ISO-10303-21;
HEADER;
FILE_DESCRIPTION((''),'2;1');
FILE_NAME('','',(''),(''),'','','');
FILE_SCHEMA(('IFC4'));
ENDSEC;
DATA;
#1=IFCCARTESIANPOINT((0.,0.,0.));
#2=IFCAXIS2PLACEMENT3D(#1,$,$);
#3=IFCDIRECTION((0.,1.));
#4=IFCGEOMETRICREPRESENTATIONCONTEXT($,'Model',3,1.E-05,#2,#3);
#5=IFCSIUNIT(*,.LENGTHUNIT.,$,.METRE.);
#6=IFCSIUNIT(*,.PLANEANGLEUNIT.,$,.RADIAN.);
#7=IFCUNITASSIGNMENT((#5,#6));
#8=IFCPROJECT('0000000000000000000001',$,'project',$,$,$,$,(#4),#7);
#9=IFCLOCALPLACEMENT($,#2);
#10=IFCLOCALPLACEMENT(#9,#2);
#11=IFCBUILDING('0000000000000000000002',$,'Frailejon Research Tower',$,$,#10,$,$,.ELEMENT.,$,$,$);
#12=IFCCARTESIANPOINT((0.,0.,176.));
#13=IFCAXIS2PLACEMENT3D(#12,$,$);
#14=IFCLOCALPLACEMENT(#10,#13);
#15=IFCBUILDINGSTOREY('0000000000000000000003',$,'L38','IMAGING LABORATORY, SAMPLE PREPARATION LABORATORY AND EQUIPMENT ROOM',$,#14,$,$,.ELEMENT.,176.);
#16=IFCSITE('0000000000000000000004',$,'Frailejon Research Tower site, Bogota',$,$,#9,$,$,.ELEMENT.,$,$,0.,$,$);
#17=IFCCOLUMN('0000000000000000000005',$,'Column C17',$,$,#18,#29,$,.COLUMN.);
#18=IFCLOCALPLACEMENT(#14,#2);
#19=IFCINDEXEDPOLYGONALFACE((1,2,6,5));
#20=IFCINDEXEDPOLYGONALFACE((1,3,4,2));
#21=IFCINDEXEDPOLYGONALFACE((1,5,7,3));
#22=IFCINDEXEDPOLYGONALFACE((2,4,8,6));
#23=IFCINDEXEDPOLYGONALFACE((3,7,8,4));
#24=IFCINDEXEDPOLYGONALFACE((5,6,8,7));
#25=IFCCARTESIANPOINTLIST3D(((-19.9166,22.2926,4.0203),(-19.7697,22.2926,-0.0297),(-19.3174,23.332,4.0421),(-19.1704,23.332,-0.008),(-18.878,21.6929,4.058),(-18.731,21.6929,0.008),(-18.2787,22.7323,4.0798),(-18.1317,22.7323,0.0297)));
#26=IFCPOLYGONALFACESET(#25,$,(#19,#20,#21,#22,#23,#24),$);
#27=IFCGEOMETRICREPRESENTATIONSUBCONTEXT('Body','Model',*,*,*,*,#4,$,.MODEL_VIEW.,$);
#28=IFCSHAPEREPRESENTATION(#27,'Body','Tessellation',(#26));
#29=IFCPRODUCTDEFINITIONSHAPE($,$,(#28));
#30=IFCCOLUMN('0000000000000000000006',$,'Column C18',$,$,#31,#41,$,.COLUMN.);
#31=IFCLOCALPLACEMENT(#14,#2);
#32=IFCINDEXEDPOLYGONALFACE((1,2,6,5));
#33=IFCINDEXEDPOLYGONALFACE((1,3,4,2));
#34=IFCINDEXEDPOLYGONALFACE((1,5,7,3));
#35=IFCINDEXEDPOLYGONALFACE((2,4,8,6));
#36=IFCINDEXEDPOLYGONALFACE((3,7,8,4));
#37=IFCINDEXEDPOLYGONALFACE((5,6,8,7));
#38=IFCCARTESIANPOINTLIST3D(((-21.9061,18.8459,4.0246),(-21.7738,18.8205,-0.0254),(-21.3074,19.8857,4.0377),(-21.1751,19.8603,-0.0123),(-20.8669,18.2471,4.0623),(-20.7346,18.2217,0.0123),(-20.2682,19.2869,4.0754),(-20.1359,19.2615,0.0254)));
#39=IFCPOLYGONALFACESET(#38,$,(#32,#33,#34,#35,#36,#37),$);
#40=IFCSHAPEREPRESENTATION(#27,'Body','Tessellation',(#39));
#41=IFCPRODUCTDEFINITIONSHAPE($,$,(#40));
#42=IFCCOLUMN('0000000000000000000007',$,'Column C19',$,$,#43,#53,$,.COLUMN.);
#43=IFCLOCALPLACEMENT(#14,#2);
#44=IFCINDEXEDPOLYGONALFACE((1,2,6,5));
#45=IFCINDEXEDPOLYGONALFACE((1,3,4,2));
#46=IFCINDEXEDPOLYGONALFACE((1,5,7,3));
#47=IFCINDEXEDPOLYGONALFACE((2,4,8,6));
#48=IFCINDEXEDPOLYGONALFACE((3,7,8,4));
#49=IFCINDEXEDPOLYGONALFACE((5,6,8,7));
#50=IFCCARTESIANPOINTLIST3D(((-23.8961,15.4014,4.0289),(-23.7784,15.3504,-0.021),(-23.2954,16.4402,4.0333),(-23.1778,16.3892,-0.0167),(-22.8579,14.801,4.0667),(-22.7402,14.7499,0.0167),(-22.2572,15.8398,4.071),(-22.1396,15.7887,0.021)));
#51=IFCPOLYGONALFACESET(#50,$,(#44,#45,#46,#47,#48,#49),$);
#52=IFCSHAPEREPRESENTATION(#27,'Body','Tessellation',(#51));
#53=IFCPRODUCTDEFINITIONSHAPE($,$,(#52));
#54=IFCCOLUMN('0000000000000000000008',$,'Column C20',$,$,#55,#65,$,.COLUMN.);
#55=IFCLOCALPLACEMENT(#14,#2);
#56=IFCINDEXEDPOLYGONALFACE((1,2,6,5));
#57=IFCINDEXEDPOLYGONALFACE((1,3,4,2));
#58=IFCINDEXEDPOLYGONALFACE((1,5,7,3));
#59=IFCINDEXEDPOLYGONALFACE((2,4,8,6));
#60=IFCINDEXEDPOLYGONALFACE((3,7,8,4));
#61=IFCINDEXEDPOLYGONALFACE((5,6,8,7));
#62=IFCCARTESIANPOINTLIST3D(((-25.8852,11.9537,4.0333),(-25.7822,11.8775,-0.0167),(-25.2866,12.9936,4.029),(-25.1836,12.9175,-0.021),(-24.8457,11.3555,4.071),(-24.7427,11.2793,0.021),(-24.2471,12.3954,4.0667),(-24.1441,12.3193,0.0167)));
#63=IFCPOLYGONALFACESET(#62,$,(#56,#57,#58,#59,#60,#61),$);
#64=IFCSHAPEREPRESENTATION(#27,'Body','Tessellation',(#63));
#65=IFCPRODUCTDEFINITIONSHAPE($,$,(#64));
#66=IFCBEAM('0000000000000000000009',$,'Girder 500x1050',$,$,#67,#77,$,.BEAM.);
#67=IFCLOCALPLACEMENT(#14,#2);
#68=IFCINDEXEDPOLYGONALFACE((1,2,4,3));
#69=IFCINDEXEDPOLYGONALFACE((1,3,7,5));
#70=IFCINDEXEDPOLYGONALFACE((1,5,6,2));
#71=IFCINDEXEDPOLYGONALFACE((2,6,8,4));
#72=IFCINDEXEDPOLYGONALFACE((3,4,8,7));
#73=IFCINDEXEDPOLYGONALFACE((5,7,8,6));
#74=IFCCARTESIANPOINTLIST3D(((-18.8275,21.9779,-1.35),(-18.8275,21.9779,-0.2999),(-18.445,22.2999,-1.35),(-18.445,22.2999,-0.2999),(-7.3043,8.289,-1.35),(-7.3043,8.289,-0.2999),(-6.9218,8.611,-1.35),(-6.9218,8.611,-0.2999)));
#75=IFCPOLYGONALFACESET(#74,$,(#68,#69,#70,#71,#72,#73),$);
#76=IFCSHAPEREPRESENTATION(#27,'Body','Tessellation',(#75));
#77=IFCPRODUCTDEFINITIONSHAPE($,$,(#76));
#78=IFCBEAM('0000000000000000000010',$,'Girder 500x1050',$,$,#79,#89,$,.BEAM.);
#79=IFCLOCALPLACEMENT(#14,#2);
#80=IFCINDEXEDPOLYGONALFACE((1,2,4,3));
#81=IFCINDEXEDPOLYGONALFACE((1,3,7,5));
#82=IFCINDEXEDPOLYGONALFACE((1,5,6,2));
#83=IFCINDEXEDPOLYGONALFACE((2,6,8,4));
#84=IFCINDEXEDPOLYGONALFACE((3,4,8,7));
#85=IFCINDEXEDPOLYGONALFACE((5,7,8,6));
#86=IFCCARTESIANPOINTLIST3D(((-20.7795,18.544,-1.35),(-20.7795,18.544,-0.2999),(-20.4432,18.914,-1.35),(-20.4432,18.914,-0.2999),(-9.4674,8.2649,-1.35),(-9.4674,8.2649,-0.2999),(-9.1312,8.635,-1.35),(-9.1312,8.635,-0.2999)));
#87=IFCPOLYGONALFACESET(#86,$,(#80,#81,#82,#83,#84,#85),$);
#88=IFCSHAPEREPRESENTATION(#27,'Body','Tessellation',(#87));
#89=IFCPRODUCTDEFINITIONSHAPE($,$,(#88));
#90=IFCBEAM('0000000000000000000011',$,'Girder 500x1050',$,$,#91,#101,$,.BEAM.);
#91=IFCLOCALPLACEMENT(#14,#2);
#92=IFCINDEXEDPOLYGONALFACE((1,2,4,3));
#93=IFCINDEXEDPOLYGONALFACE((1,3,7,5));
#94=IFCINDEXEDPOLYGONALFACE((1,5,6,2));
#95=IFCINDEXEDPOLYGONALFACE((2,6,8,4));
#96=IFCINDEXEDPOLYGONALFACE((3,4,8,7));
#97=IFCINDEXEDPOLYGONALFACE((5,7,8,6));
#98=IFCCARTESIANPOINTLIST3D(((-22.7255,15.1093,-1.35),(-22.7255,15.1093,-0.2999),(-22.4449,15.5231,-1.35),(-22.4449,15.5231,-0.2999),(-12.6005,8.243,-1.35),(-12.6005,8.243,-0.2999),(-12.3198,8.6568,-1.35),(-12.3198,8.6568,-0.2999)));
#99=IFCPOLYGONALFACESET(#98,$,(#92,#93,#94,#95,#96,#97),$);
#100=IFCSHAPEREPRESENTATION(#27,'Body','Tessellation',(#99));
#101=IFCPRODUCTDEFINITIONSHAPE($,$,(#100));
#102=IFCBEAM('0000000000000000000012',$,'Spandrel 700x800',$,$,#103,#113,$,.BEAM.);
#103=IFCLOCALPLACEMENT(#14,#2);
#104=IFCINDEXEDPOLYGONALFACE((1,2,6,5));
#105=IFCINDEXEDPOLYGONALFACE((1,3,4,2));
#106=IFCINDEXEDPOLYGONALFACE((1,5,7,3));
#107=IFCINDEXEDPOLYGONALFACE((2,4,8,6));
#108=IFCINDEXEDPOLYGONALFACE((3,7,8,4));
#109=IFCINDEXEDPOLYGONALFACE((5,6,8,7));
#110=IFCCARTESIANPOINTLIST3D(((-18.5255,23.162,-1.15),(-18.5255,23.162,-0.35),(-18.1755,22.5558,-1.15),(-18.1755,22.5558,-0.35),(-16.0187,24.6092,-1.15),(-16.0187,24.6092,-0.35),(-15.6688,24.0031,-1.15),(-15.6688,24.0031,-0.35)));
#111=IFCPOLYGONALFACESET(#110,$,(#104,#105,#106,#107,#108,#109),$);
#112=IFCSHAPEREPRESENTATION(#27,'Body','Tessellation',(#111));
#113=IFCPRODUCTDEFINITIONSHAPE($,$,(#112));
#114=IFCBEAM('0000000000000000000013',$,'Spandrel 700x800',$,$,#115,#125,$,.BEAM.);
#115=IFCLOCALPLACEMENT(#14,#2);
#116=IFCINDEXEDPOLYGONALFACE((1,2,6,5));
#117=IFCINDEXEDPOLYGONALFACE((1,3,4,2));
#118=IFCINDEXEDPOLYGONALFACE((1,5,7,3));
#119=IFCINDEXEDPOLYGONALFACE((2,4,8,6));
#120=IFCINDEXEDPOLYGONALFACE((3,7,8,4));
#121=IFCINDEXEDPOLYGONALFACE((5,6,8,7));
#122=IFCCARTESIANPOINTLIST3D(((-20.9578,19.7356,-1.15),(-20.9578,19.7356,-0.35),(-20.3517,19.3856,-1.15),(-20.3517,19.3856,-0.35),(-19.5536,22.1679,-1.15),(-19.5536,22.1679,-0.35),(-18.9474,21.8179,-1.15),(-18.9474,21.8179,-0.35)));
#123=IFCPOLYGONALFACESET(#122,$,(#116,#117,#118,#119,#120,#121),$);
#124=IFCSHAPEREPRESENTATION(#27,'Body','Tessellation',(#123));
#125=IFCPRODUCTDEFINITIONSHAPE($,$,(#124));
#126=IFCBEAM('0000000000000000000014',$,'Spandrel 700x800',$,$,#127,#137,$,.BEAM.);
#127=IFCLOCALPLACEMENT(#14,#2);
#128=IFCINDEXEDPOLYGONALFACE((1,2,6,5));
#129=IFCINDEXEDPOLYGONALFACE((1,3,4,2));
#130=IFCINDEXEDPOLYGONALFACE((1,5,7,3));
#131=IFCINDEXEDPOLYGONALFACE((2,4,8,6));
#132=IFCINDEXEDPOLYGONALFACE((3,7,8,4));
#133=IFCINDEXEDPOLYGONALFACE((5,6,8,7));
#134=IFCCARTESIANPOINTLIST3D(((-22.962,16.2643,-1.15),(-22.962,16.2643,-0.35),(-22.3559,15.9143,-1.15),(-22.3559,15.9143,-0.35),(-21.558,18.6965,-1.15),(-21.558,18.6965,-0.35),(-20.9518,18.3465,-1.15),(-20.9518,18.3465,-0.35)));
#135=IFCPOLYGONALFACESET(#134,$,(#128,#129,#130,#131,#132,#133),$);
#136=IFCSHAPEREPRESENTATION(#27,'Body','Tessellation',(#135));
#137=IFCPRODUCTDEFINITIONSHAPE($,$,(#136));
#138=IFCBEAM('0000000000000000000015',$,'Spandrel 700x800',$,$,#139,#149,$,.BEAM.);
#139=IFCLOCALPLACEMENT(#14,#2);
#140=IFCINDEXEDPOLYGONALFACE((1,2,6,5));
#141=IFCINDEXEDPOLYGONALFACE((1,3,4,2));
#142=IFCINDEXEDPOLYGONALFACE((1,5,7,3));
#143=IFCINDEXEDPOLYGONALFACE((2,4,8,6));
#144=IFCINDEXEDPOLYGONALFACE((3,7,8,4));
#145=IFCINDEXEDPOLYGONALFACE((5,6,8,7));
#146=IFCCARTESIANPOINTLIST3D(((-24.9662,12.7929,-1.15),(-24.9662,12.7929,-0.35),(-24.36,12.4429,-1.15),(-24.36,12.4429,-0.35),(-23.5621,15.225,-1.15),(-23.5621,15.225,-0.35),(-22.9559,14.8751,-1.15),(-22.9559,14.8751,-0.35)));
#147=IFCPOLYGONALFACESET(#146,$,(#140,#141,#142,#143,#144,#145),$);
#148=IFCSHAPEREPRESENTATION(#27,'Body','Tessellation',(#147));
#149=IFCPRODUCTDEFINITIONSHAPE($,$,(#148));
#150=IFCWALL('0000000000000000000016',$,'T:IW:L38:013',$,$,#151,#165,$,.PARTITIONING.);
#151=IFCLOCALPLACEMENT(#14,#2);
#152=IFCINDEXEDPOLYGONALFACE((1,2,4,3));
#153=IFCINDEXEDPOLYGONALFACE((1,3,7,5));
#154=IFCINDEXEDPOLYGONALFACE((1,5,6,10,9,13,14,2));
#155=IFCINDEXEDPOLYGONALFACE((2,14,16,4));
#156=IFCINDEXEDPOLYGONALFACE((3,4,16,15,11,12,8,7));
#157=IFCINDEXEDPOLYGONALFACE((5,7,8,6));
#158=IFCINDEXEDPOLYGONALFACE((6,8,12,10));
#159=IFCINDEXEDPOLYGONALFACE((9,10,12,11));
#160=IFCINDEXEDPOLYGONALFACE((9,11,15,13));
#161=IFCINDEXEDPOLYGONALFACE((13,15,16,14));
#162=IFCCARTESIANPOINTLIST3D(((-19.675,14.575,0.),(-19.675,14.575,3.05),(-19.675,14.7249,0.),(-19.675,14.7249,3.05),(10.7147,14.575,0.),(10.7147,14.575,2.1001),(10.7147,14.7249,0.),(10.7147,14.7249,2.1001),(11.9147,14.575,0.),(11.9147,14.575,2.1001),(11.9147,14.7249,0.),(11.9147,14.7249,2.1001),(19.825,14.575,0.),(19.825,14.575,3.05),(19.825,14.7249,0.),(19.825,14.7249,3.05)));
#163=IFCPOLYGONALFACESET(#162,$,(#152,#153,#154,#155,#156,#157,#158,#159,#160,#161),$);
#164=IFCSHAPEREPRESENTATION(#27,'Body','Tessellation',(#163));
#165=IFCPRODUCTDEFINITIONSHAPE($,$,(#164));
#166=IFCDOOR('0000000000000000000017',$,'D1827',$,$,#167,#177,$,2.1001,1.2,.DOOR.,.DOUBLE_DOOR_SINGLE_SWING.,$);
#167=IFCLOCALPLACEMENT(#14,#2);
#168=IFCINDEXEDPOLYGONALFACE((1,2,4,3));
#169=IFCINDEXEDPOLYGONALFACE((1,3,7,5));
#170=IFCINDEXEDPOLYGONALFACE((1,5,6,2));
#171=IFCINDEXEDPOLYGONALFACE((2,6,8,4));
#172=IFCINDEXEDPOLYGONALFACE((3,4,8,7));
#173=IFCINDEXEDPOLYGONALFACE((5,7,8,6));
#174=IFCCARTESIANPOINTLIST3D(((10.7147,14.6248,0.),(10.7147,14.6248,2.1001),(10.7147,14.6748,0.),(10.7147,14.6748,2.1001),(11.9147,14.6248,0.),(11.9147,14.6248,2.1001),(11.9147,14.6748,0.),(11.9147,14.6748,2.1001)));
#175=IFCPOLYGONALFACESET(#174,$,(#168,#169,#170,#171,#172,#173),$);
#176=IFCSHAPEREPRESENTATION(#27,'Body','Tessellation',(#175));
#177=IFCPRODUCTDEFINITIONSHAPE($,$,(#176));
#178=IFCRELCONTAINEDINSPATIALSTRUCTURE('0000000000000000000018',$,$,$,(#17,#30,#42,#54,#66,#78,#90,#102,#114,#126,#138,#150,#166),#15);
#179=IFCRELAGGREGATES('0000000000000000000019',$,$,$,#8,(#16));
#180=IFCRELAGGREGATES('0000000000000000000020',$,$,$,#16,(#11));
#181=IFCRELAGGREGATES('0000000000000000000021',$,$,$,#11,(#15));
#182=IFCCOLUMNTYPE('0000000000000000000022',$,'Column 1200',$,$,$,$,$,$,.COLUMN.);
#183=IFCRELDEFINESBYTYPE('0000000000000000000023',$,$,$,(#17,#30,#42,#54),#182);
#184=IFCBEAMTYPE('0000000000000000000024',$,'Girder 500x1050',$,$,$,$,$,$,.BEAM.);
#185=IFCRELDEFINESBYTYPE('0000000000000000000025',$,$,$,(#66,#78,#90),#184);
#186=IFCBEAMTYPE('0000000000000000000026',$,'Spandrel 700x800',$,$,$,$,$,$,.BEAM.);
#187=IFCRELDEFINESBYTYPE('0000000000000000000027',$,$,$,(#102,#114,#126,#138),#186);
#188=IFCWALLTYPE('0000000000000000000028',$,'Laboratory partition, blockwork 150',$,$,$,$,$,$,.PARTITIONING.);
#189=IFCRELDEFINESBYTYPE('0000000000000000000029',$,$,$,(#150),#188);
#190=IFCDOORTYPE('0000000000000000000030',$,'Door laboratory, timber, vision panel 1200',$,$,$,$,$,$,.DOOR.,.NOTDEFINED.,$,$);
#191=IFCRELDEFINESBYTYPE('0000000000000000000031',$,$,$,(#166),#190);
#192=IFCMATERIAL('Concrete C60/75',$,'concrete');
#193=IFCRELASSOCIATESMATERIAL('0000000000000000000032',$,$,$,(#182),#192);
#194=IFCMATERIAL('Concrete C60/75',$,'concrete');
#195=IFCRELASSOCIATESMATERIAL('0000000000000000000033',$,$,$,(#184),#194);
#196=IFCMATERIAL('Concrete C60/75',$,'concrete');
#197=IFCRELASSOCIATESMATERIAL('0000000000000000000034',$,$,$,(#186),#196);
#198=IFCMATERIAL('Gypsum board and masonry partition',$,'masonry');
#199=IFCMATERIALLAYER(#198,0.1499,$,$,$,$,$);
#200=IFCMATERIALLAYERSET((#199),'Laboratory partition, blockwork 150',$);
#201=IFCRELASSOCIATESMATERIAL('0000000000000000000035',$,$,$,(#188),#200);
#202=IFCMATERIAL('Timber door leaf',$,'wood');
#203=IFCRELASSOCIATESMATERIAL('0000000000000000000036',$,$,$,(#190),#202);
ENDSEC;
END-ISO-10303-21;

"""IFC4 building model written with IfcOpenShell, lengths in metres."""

from ifc_helpers import new_model, si_unit, direction, frame, frame_2d, origin, origin_2d, place, context, subcontext, project, spatial, rectangle, extrude, material, layer, layer_set, material_profile, profile_set, type_object, element, fill, save


model = new_model("IFC4")

# Units and contexts
model_context = context("Model", 3, precision=1e-05, world=origin(), true_north=direction((0.0, 1.0)))
body_context = subcontext(model_context, "Body", "Model", "MODEL_VIEW")
ifc_project = project(units=[si_unit("LENGTHUNIT", "METRE"), si_unit("PLANEANGLEUNIT", "RADIAN")], contexts=[model_context])

# Site, building, storey
site_placement = place(None, origin())
site = spatial("IfcSite", under=ifc_project, at=site_placement, Name="Frailejon Research Tower site, Bogota", CompositionType="ELEMENT", RefElevation=0.0)
building_placement = place(site_placement, origin())
building = spatial("IfcBuilding", under=site, at=building_placement, Name="Frailejon Research Tower", CompositionType="ELEMENT")
storey_placement = place(building_placement, frame((0.0, 0.0, 176.0)))
storey = spatial("IfcBuildingStorey", under=building, at=storey_placement, Name="L38", Description="IMAGING LABORATORY, SAMPLE PREPARATION LABORATORY AND EQUIPMENT ROOM", CompositionType="ELEMENT", Elevation=176.0)

# Columns
ifc_material_1 = material(Name="Concrete C60/75", Category="concrete")
ifc_material_profile_1 = material_profile(ifc_material_1, rectangle(XDim=1.2, YDim=1.2, at=origin_2d()), Name="Column 1200")
ifc_profile_set_1 = profile_set([ifc_material_profile_1], Name="Concrete C60/75")
column_type = type_object("IfcColumnType", Name="Column 1200", PredefinedType="COLUMN", material=ifc_profile_set_1)
column_1_placement = place(storey_placement, frame((-18.9507, 22.5125, 0.0), z_axis=(-0.036265, 0.0, 0.999342), x_axis=(-0.499425, -0.866168, -0.018124)))
element("IfcColumn", 1, at=column_1_placement, inside=storey, type_object=column_type, Name="Column C17", PredefinedType="COLUMN", context=body_context, shape_type="SweptSolid", body=[
    extrude(rectangle(XDim=1.2, YDim=1.2, at=origin_2d()), origin(), (0.0, 0.0, 1.0), 4.0527),
])
column_2_placement = place(storey_placement, frame((-20.9548, 19.041, 0.0), z_axis=(-0.032654, 0.006266, 0.999447), x_axis=(-0.498938, -0.86657, -0.010869)))
element("IfcColumn", 2, at=column_2_placement, inside=storey, type_object=column_type, Name="Column C18", PredefinedType="COLUMN", context=body_context, shape_type="SweptSolid", body=[
    extrude(rectangle(XDim=1.2, YDim=1.2, at=origin_2d()), origin(), (0.0, 0.0, 1.0), 4.0522),
])
for number, where, z_axis, x_axis, name in (
    (3, (-22.959, 15.5696, 0.0), (-0.029041, 0.012592, 0.999499), (-0.500555, -0.865697, -0.003637), "Column C19"),
    (4, (-24.9631, 12.0984, 0.0), (-0.025426, 0.018798, 0.9995), (-0.498883, -0.866662, 0.003609), "Column C20"),
):
    element("IfcColumn", number, at=place(storey_placement, frame(where, z_axis=z_axis, x_axis=x_axis)), inside=storey, type_object=column_type, Name=name, PredefinedType="COLUMN", context=body_context, shape_type="SweptSolid", body=[
        extrude(rectangle(XDim=1.2, YDim=1.2, at=origin_2d()), origin(), (0.0, 0.0, 1.0), 4.052),
    ])

# Beams
ifc_material_2 = material(Name="Concrete C60/75", Category="concrete")
ifc_material_profile_2 = material_profile(ifc_material_2, rectangle(XDim=0.5, YDim=1.05, at=origin_2d()), Name="Girder 500x1050")
ifc_profile_set_2 = profile_set([ifc_material_profile_2], Name="Concrete C60/75")
beam_type_1 = type_object("IfcBeamType", Name="Girder 500x1050", PredefinedType="BEAM", material=ifc_profile_set_2)
beam_1_placement = place(storey_placement, frame((-18.6362, 22.1389, -0.825), z_axis=(0.643993, -0.765031, 0.0), x_axis=(0.765031, 0.643993, 0.0)))
element("IfcBeam", 5, at=beam_1_placement, inside=storey, type_object=beam_type_1, Name="Girder 500x1050", PredefinedType="BEAM", context=body_context, shape_type="SweptSolid", body=[
    extrude(rectangle(XDim=0.5, YDim=1.05, at=origin_2d()), origin(), (0.0, 0.0, 1.0), 17.8933),
])
beam_2_placement = place(storey_placement, frame((-20.6113, 18.729, -0.825), z_axis=(0.74009, -0.672508, 0.0), x_axis=(0.672508, 0.74009, 0.0)))
element("IfcBeam", 6, at=beam_2_placement, inside=storey, type_object=beam_type_1, Name="Girder 500x1050", PredefinedType="BEAM", context=body_context, shape_type="SweptSolid", body=[
    extrude(rectangle(XDim=0.5, YDim=1.05, at=origin_2d()), origin(), (0.0, 0.0, 1.0), 15.2847),
])
beam_3_placement = place(storey_placement, frame((-22.5852, 15.3162, -0.825), z_axis=(0.82764, -0.561259, 0.0), x_axis=(0.561259, 0.82764, 0.0)))
element("IfcBeam", 7, at=beam_3_placement, inside=storey, type_object=beam_type_1, Name="Girder 500x1050", PredefinedType="BEAM", context=body_context, shape_type="SweptSolid", body=[
    extrude(rectangle(XDim=0.5, YDim=1.05, at=origin_2d()), origin(), (0.0, 0.0, 1.0), 12.2336),
])
ifc_material_3 = material(Name="Concrete C60/75", Category="concrete")
ifc_material_profile_3 = material_profile(ifc_material_3, rectangle(XDim=0.7, YDim=0.8, at=origin_2d()), Name="Spandrel 700x800")
ifc_profile_set_3 = profile_set([ifc_material_profile_3], Name="Concrete C60/75")
beam_type_2 = type_object("IfcBeamType", Name="Spandrel 700x800", PredefinedType="BEAM", material=ifc_profile_set_3)
beam_4_placement = place(storey_placement, frame((-15.8438, 24.3062, -0.75), z_axis=(-0.866034, -0.499985, 0.0), x_axis=(0.499985, -0.866034, 0.0)))
element("IfcBeam", 8, at=beam_4_placement, inside=storey, type_object=beam_type_2, Name="Spandrel 700x800", PredefinedType="BEAM", context=body_context, shape_type="SweptSolid", body=[
    extrude(rectangle(XDim=0.7, YDim=0.8, at=origin_2d()), origin(), (0.0, 0.0, 1.0), 2.8945),
])
beam_5_placement = place(storey_placement, frame((-19.2505, 21.9929, -0.75), z_axis=(-0.499991, -0.866031, 0.0), x_axis=(0.866031, -0.499991, 0.0)))
element("IfcBeam", 9, at=beam_5_placement, inside=storey, type_object=beam_type_2, Name="Spandrel 700x800", PredefinedType="BEAM", context=body_context, shape_type="SweptSolid", body=[
    extrude(rectangle(XDim=0.7, YDim=0.8, at=origin_2d()), origin(), (0.0, 0.0, 1.0), 2.8086),
])
for number, where, z_axis, x_axis, name in (
    (10, (-21.2549, 18.5215, -0.75), (-0.499963, -0.866047, 0.0), (0.866047, -0.499963, 0.0), "Spandrel 700x800"),
    (11, (-23.259, 15.05, -0.75), (-0.499963, -0.866047, 0.0), (0.866047, -0.499963, 0.0), "Spandrel 700x800"),
):
    element("IfcBeam", number, at=place(storey_placement, frame(where, z_axis=z_axis, x_axis=x_axis)), inside=storey, type_object=beam_type_2, Name=name, PredefinedType="BEAM", context=body_context, shape_type="SweptSolid", body=[
        extrude(rectangle(XDim=0.7, YDim=0.8, at=origin_2d()), origin(), (0.0, 0.0, 1.0), 2.8083),
    ])

# Wall, opening, door
ifc_material_4 = material(Name="Gypsum board and masonry partition", Category="masonry")
ifc_layer_1 = layer(ifc_material_4, 0.1499)
ifc_layer_set_1 = layer_set([ifc_layer_1], Name="Laboratory partition, blockwork 150")
wall_type_1 = type_object("IfcWallType", Name="Laboratory partition, blockwork 150", PredefinedType="PARTITIONING", material=ifc_layer_set_1)
wall_1_placement = place(storey_placement, frame((-19.675, 14.6499, 0.0), z_axis=(0.0, 0.0, 1.0), x_axis=(1.0, 0.0, 0.0)))
wall_1 = element("IfcWall", 12, at=wall_1_placement, inside=storey, type_object=wall_type_1, Name="T:IW:L38:013", PredefinedType="PARTITIONING", context=body_context, shape_type="SweptSolid", body=[
    extrude(rectangle(XDim=39.5, YDim=0.1499, at=frame_2d((19.75, 0.0))), origin(), (0.0, 0.0, 1.0), 3.05),
])
opening_1_placement = place(wall_1_placement, frame((30.3896, 0.0, 0.0)))
opening_1 = element("IfcOpeningElement", 13, at=opening_1_placement, cuts=wall_1, PredefinedType="OPENING", context=body_context, shape_type="SweptSolid", body=[
    extrude(rectangle(XDim=1.2, YDim=2.1001, at=frame_2d((0.6001, 1.05))), frame((0.0, 0.085, 0.0), z_axis=(0.0, -1.0, 0.0), x_axis=(1.0, 0.0, 0.0)), (0.0, 0.0, 1.0), 0.1699),
])
ifc_material_5 = material(Name="Timber door leaf", Category="wood")
door_type_1 = type_object("IfcDoorType", Name="Door laboratory, timber, vision panel 1200", OperationType="NOTDEFINED", PredefinedType="DOOR", material=ifc_material_5)
door_1_placement = place(opening_1_placement, origin())
door_1 = element("IfcDoor", 14, at=door_1_placement, inside=storey, type_object=door_type_1, Name="D1827", OperationType="DOUBLE_DOOR_SINGLE_SWING", OverallHeight=2.1001, OverallWidth=1.2, PredefinedType="DOOR", context=body_context, shape_type="SweptSolid", body=[
    extrude(rectangle(XDim=1.2, YDim=2.1001, at=frame_2d((0.6001, 1.05))), frame((0.0, 0.0249, 0.0), z_axis=(0.0, -1.0, 0.0), x_axis=(1.0, 0.0, 0.0)), (0.0, 0.0, 1.0), 0.05),
])
fill(opening_1, door_1)

save(model, "model.ifc")
